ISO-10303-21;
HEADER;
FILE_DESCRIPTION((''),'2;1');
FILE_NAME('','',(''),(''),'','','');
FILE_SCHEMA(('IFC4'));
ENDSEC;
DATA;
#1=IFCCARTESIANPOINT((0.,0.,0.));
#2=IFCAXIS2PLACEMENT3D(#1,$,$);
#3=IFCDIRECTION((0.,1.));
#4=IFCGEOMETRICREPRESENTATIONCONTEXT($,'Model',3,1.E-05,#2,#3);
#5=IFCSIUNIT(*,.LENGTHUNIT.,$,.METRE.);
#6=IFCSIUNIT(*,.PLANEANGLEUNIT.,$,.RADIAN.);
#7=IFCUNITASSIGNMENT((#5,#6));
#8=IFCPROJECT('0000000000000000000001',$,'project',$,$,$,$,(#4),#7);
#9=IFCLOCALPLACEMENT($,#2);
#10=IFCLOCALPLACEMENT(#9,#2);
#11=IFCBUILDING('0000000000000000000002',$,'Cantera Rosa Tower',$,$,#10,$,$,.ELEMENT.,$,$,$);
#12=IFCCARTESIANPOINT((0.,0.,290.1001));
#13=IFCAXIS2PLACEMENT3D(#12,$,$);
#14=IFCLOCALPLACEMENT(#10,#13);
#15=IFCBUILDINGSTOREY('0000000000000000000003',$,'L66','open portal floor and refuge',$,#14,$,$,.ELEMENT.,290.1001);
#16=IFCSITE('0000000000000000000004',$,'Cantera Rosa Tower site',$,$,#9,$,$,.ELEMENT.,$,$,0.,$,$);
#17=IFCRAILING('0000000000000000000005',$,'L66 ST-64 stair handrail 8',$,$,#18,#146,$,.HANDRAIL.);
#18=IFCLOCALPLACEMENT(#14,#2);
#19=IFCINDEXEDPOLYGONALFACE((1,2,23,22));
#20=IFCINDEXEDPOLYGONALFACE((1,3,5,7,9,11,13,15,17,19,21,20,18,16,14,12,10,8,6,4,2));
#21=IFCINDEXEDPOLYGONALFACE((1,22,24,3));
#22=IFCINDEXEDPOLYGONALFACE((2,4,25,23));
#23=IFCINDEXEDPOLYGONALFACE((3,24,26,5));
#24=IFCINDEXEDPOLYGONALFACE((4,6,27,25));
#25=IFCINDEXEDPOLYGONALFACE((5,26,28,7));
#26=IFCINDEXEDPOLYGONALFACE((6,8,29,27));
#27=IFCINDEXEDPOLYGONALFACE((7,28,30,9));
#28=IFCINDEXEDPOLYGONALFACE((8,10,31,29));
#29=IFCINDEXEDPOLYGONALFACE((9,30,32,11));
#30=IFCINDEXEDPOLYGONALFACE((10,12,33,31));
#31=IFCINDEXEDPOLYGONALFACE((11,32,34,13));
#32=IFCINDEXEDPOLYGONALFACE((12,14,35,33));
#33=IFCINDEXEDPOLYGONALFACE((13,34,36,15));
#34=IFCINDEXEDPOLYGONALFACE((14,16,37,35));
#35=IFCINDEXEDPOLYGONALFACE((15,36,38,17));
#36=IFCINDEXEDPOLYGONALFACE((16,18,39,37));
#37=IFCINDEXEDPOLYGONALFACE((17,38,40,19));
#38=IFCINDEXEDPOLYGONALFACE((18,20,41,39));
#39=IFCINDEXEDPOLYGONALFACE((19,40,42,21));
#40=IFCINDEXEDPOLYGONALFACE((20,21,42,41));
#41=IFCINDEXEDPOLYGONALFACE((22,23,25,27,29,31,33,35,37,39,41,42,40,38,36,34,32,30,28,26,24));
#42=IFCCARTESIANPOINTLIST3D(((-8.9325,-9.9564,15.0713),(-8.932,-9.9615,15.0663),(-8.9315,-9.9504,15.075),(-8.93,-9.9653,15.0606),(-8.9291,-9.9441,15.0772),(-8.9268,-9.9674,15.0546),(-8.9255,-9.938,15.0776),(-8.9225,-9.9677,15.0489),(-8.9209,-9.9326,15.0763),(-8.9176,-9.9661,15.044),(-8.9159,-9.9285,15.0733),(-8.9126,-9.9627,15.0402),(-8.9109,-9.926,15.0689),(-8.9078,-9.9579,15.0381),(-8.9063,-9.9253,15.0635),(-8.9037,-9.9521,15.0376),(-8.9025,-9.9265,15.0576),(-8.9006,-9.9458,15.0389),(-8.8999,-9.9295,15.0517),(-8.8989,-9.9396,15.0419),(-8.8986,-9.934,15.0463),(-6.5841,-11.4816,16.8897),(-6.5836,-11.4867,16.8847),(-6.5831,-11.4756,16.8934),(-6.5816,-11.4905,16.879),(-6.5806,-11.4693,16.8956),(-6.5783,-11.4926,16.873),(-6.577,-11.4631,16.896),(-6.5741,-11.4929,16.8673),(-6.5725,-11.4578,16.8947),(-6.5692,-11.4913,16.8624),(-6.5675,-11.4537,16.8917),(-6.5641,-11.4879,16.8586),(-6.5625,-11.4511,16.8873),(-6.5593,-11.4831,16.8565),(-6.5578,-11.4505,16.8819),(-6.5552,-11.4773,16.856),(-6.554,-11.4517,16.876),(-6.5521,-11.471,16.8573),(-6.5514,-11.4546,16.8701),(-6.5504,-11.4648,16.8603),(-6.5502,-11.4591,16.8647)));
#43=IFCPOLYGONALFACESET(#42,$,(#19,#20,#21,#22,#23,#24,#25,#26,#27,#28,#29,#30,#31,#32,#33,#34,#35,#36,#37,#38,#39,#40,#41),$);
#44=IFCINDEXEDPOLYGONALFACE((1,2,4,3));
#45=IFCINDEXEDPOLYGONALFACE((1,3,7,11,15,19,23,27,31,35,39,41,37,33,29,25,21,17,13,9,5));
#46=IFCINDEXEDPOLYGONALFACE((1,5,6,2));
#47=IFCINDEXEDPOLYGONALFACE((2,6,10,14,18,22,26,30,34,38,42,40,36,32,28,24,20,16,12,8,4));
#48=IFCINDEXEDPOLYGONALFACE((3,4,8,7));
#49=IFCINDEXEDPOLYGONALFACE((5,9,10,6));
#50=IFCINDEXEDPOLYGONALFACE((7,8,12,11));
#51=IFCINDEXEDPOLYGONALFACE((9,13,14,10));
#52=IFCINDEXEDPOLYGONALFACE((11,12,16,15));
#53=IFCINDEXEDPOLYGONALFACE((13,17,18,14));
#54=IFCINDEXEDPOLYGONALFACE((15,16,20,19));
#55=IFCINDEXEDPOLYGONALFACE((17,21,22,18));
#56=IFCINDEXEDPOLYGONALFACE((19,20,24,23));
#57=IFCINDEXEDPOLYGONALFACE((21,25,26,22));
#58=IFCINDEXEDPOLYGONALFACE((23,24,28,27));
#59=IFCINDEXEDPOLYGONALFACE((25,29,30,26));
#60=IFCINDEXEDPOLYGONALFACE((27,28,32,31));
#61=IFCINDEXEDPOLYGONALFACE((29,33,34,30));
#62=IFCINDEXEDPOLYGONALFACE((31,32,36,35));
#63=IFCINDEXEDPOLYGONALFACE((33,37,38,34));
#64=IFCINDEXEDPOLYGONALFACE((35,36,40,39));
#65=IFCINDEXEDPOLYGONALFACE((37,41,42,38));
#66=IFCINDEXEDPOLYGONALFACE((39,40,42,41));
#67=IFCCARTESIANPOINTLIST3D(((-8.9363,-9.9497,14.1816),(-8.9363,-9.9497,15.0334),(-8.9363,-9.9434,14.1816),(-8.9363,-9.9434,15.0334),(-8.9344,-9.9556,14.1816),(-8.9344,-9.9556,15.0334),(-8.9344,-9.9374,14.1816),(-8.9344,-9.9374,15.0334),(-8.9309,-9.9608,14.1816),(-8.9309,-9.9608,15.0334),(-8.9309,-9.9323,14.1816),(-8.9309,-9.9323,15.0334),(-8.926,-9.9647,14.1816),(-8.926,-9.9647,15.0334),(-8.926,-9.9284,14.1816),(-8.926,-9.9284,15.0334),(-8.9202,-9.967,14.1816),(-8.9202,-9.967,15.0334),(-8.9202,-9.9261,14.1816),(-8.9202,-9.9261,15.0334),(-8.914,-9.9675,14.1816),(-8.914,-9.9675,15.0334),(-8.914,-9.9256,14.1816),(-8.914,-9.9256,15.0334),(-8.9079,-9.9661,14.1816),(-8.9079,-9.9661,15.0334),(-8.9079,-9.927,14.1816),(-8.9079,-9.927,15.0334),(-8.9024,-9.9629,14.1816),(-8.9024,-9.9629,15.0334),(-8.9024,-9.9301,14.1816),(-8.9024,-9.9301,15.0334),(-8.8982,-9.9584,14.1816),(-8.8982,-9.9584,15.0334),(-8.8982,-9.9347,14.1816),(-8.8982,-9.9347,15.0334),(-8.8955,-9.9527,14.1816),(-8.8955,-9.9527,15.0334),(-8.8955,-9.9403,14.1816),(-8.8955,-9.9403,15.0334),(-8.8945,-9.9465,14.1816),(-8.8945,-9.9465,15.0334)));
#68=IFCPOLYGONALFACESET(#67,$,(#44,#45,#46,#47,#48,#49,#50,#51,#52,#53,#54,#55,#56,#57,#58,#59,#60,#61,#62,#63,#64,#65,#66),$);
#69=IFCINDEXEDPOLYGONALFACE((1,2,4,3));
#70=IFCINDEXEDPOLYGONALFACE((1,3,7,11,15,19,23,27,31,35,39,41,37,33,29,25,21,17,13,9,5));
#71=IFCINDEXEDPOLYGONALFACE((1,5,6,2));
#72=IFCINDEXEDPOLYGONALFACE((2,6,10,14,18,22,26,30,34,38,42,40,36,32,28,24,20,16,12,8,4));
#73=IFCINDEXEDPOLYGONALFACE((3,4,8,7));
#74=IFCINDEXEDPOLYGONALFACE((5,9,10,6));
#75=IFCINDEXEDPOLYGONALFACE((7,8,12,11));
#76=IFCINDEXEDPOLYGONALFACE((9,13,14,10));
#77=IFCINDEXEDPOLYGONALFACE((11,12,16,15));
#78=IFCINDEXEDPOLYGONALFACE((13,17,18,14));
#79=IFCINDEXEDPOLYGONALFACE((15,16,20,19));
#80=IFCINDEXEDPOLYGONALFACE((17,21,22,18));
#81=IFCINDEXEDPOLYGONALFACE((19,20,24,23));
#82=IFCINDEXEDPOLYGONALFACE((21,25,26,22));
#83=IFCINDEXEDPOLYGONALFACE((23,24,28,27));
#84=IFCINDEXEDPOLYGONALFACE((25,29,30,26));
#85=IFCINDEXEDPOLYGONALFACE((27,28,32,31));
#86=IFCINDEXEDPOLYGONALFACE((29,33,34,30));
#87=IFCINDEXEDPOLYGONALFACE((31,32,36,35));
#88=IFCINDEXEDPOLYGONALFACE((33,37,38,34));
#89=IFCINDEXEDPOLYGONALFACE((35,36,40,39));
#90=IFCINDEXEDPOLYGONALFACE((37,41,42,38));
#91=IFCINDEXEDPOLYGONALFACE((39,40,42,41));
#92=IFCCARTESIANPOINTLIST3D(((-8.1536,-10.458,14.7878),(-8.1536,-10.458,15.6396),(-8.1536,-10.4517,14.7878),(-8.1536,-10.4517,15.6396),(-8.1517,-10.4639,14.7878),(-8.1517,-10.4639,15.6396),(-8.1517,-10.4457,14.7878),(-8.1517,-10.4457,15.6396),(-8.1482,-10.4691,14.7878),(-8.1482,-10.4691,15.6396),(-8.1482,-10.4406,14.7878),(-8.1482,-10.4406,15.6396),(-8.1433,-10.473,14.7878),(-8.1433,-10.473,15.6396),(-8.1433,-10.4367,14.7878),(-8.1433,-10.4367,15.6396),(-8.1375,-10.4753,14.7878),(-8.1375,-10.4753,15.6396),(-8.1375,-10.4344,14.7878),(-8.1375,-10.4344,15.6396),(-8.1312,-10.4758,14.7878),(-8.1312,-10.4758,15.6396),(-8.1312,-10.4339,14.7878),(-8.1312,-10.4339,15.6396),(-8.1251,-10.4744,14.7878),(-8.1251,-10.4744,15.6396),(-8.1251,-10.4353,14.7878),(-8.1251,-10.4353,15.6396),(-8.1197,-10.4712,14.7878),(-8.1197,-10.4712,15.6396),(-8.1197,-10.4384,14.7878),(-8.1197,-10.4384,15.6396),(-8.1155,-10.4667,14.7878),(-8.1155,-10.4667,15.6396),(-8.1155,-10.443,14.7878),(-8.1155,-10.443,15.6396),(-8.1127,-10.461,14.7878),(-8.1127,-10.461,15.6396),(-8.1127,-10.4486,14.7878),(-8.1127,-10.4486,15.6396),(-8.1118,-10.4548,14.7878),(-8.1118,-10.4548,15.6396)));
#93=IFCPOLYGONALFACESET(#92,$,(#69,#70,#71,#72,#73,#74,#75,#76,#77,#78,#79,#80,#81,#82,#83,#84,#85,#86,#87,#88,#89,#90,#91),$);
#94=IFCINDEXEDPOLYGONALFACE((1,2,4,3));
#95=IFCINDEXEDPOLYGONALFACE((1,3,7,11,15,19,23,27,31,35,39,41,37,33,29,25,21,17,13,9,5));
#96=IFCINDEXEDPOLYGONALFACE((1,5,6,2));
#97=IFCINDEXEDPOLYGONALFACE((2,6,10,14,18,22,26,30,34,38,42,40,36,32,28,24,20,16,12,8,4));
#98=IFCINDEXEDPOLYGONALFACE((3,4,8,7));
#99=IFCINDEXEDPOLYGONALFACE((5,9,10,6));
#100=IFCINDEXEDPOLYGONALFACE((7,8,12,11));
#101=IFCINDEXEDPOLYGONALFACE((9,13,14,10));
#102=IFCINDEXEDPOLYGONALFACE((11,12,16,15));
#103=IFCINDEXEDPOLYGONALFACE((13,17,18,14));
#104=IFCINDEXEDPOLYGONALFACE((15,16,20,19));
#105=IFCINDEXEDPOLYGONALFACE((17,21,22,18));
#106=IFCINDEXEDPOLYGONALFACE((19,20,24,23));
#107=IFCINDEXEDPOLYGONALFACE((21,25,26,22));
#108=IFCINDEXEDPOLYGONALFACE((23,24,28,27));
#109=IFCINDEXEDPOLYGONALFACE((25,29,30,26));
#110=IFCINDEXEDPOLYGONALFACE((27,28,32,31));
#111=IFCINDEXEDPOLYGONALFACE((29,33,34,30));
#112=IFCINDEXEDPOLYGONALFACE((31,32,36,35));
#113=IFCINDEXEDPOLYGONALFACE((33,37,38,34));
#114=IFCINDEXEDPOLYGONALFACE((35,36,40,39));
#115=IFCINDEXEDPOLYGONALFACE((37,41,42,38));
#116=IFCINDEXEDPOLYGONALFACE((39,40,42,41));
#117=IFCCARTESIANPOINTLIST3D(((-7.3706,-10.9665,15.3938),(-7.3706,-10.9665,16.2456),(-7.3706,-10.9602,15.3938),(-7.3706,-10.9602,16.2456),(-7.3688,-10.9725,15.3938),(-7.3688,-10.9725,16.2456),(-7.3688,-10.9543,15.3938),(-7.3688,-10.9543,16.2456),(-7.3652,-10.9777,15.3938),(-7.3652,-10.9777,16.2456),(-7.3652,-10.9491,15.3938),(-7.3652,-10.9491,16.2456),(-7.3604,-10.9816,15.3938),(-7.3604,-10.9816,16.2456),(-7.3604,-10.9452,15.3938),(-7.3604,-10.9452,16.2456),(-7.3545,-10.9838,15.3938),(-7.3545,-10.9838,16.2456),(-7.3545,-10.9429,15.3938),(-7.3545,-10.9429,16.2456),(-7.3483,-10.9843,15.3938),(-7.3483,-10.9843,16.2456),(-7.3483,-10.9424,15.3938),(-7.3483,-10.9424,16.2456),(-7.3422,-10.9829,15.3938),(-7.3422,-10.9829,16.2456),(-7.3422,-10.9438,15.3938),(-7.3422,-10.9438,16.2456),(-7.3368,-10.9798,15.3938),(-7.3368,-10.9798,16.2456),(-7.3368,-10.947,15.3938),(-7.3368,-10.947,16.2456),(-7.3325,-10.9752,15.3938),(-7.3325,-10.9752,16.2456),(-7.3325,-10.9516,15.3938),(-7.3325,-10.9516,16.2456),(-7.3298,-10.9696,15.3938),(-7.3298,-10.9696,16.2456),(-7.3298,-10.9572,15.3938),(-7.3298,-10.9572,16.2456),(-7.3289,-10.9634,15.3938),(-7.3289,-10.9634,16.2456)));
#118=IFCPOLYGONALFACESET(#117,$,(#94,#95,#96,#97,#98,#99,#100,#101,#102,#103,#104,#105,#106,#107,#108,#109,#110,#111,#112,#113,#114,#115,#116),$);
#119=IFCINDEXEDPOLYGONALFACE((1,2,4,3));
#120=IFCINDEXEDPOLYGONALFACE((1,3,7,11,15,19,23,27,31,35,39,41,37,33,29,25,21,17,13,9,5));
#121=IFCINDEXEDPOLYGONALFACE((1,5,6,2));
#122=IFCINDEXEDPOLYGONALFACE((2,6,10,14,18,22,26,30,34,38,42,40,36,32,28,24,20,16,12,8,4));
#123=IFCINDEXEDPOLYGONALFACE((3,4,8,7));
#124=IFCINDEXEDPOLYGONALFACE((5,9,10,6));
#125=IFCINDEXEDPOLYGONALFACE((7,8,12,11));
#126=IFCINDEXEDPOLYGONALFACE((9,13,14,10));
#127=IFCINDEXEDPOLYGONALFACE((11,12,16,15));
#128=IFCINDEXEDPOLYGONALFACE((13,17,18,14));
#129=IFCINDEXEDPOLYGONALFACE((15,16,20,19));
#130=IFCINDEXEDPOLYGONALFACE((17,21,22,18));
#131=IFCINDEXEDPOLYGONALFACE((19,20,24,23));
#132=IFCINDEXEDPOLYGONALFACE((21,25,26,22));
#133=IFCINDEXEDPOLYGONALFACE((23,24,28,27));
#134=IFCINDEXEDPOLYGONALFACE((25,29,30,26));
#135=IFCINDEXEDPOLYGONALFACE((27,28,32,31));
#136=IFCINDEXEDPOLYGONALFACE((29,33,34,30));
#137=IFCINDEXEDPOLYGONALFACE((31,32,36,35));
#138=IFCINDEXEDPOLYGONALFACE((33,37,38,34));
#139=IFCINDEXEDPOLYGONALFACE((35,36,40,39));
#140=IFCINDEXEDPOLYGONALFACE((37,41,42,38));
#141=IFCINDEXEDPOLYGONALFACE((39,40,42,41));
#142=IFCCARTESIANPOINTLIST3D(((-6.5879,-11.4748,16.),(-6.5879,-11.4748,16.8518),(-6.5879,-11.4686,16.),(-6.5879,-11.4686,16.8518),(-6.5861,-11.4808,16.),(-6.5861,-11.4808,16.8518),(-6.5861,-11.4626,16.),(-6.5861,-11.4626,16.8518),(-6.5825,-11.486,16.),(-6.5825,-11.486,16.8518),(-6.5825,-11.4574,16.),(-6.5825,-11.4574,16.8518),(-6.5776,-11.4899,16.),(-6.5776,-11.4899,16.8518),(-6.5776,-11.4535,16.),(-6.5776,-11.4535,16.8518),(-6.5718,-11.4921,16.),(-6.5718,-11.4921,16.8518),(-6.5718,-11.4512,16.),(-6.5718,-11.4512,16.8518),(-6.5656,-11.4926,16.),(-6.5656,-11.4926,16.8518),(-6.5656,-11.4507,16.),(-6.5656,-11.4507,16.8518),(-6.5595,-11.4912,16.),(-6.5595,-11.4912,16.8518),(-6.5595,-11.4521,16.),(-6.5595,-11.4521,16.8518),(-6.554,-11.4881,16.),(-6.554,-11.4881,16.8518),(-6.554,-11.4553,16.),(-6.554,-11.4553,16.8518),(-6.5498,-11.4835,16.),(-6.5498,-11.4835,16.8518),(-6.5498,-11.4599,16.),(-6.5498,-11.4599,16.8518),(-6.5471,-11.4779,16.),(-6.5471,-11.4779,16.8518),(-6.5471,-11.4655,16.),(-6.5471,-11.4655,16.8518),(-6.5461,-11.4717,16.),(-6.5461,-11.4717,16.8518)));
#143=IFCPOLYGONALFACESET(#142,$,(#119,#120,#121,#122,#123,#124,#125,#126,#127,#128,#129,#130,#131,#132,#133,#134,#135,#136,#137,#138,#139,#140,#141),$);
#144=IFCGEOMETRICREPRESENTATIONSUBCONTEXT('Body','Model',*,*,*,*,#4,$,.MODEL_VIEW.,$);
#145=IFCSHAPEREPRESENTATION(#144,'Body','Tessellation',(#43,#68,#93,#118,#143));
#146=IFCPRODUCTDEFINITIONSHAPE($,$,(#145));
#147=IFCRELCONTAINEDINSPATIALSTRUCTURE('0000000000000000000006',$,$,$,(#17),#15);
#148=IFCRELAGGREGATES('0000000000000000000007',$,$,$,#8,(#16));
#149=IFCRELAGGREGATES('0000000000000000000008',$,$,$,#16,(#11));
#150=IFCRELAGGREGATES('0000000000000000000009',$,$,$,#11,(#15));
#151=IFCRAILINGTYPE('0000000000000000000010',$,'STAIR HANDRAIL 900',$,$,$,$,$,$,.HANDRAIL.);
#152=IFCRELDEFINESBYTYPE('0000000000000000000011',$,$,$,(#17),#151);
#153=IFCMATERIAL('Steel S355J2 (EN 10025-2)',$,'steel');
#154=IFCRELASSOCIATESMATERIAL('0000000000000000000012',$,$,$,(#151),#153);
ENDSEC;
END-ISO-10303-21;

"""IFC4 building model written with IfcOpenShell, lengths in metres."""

from ifc_helpers import new_model, si_unit, direction, frame, origin, origin_2d, place, context, subcontext, project, spatial, circle, extrude, material, type_object, element, save


model = new_model("IFC4")

# Units and contexts
model_context = context("Model", 3, precision=1e-05, world=origin(), true_north=direction((0.0, 1.0)))
body_context = subcontext(model_context, "Body", "Model", "MODEL_VIEW")
ifc_project = project(units=[si_unit("LENGTHUNIT", "METRE"), si_unit("PLANEANGLEUNIT", "RADIAN")], contexts=[model_context])

# Site, building, storey
site_placement = place(None, origin())
site = spatial("IfcSite", under=ifc_project, at=site_placement, Name="Cantera Rosa Tower site", CompositionType="ELEMENT", RefElevation=0.0)
building_placement = place(site_placement, origin())
building = spatial("IfcBuilding", under=site, at=building_placement, Name="Cantera Rosa Tower", CompositionType="ELEMENT")
storey_placement = place(building_placement, frame((0.0, 0.0, 290.1001)))
storey = spatial("IfcBuildingStorey", under=building, at=storey_placement, Name="L66", Description="open portal floor and refuge", CompositionType="ELEMENT", Elevation=290.1001)

# Railing
ifc_material_1 = material(Name="Steel S355J2 (EN 10025-2)", Category="steel")
railing_type_1 = type_object("IfcRailingType", Name="STAIR HANDRAIL 900", PredefinedType="HANDRAIL", material=ifc_material_1)
for number, where, name in (
    (1, (-8.9155, -9.9465, 14.1816), "L66 ST-64 stair handrail 8"),
):
    element("IfcRailing", number, at=place(storey_placement, frame(where)), inside=storey, type_object=railing_type_1, Name=name, PredefinedType="HANDRAIL", context=body_context, shape_type="SweptSolid", body=[
        extrude(circle(Radius=0.0239, at=origin_2d()), frame((0.0, 0.0, 0.876), z_axis=(0.703368, -0.456798, 0.544618), x_axis=(0.54466, 0.838657, 0.0)), (0.0, 0.0, 1.0), 3.3389),
        extrude(circle(Radius=0.021, at=origin_2d()), origin(), (0.0, 0.0, 1.0), 0.8518),
        extrude(circle(Radius=0.021, at=origin_2d()), frame((0.7827, -0.5083, 0.6062)), (0.0, 0.0, 1.0), 0.8518),
        extrude(circle(Radius=0.021, at=origin_2d()), frame((1.5657, -1.0168, 1.2122)), (0.0, 0.0, 1.0), 0.8518),
        extrude(circle(Radius=0.021, at=origin_2d()), frame((2.3484, -1.5251, 1.8184)), (0.0, 0.0, 1.0), 0.8518),
    ])

save(model, "model.ifc")
